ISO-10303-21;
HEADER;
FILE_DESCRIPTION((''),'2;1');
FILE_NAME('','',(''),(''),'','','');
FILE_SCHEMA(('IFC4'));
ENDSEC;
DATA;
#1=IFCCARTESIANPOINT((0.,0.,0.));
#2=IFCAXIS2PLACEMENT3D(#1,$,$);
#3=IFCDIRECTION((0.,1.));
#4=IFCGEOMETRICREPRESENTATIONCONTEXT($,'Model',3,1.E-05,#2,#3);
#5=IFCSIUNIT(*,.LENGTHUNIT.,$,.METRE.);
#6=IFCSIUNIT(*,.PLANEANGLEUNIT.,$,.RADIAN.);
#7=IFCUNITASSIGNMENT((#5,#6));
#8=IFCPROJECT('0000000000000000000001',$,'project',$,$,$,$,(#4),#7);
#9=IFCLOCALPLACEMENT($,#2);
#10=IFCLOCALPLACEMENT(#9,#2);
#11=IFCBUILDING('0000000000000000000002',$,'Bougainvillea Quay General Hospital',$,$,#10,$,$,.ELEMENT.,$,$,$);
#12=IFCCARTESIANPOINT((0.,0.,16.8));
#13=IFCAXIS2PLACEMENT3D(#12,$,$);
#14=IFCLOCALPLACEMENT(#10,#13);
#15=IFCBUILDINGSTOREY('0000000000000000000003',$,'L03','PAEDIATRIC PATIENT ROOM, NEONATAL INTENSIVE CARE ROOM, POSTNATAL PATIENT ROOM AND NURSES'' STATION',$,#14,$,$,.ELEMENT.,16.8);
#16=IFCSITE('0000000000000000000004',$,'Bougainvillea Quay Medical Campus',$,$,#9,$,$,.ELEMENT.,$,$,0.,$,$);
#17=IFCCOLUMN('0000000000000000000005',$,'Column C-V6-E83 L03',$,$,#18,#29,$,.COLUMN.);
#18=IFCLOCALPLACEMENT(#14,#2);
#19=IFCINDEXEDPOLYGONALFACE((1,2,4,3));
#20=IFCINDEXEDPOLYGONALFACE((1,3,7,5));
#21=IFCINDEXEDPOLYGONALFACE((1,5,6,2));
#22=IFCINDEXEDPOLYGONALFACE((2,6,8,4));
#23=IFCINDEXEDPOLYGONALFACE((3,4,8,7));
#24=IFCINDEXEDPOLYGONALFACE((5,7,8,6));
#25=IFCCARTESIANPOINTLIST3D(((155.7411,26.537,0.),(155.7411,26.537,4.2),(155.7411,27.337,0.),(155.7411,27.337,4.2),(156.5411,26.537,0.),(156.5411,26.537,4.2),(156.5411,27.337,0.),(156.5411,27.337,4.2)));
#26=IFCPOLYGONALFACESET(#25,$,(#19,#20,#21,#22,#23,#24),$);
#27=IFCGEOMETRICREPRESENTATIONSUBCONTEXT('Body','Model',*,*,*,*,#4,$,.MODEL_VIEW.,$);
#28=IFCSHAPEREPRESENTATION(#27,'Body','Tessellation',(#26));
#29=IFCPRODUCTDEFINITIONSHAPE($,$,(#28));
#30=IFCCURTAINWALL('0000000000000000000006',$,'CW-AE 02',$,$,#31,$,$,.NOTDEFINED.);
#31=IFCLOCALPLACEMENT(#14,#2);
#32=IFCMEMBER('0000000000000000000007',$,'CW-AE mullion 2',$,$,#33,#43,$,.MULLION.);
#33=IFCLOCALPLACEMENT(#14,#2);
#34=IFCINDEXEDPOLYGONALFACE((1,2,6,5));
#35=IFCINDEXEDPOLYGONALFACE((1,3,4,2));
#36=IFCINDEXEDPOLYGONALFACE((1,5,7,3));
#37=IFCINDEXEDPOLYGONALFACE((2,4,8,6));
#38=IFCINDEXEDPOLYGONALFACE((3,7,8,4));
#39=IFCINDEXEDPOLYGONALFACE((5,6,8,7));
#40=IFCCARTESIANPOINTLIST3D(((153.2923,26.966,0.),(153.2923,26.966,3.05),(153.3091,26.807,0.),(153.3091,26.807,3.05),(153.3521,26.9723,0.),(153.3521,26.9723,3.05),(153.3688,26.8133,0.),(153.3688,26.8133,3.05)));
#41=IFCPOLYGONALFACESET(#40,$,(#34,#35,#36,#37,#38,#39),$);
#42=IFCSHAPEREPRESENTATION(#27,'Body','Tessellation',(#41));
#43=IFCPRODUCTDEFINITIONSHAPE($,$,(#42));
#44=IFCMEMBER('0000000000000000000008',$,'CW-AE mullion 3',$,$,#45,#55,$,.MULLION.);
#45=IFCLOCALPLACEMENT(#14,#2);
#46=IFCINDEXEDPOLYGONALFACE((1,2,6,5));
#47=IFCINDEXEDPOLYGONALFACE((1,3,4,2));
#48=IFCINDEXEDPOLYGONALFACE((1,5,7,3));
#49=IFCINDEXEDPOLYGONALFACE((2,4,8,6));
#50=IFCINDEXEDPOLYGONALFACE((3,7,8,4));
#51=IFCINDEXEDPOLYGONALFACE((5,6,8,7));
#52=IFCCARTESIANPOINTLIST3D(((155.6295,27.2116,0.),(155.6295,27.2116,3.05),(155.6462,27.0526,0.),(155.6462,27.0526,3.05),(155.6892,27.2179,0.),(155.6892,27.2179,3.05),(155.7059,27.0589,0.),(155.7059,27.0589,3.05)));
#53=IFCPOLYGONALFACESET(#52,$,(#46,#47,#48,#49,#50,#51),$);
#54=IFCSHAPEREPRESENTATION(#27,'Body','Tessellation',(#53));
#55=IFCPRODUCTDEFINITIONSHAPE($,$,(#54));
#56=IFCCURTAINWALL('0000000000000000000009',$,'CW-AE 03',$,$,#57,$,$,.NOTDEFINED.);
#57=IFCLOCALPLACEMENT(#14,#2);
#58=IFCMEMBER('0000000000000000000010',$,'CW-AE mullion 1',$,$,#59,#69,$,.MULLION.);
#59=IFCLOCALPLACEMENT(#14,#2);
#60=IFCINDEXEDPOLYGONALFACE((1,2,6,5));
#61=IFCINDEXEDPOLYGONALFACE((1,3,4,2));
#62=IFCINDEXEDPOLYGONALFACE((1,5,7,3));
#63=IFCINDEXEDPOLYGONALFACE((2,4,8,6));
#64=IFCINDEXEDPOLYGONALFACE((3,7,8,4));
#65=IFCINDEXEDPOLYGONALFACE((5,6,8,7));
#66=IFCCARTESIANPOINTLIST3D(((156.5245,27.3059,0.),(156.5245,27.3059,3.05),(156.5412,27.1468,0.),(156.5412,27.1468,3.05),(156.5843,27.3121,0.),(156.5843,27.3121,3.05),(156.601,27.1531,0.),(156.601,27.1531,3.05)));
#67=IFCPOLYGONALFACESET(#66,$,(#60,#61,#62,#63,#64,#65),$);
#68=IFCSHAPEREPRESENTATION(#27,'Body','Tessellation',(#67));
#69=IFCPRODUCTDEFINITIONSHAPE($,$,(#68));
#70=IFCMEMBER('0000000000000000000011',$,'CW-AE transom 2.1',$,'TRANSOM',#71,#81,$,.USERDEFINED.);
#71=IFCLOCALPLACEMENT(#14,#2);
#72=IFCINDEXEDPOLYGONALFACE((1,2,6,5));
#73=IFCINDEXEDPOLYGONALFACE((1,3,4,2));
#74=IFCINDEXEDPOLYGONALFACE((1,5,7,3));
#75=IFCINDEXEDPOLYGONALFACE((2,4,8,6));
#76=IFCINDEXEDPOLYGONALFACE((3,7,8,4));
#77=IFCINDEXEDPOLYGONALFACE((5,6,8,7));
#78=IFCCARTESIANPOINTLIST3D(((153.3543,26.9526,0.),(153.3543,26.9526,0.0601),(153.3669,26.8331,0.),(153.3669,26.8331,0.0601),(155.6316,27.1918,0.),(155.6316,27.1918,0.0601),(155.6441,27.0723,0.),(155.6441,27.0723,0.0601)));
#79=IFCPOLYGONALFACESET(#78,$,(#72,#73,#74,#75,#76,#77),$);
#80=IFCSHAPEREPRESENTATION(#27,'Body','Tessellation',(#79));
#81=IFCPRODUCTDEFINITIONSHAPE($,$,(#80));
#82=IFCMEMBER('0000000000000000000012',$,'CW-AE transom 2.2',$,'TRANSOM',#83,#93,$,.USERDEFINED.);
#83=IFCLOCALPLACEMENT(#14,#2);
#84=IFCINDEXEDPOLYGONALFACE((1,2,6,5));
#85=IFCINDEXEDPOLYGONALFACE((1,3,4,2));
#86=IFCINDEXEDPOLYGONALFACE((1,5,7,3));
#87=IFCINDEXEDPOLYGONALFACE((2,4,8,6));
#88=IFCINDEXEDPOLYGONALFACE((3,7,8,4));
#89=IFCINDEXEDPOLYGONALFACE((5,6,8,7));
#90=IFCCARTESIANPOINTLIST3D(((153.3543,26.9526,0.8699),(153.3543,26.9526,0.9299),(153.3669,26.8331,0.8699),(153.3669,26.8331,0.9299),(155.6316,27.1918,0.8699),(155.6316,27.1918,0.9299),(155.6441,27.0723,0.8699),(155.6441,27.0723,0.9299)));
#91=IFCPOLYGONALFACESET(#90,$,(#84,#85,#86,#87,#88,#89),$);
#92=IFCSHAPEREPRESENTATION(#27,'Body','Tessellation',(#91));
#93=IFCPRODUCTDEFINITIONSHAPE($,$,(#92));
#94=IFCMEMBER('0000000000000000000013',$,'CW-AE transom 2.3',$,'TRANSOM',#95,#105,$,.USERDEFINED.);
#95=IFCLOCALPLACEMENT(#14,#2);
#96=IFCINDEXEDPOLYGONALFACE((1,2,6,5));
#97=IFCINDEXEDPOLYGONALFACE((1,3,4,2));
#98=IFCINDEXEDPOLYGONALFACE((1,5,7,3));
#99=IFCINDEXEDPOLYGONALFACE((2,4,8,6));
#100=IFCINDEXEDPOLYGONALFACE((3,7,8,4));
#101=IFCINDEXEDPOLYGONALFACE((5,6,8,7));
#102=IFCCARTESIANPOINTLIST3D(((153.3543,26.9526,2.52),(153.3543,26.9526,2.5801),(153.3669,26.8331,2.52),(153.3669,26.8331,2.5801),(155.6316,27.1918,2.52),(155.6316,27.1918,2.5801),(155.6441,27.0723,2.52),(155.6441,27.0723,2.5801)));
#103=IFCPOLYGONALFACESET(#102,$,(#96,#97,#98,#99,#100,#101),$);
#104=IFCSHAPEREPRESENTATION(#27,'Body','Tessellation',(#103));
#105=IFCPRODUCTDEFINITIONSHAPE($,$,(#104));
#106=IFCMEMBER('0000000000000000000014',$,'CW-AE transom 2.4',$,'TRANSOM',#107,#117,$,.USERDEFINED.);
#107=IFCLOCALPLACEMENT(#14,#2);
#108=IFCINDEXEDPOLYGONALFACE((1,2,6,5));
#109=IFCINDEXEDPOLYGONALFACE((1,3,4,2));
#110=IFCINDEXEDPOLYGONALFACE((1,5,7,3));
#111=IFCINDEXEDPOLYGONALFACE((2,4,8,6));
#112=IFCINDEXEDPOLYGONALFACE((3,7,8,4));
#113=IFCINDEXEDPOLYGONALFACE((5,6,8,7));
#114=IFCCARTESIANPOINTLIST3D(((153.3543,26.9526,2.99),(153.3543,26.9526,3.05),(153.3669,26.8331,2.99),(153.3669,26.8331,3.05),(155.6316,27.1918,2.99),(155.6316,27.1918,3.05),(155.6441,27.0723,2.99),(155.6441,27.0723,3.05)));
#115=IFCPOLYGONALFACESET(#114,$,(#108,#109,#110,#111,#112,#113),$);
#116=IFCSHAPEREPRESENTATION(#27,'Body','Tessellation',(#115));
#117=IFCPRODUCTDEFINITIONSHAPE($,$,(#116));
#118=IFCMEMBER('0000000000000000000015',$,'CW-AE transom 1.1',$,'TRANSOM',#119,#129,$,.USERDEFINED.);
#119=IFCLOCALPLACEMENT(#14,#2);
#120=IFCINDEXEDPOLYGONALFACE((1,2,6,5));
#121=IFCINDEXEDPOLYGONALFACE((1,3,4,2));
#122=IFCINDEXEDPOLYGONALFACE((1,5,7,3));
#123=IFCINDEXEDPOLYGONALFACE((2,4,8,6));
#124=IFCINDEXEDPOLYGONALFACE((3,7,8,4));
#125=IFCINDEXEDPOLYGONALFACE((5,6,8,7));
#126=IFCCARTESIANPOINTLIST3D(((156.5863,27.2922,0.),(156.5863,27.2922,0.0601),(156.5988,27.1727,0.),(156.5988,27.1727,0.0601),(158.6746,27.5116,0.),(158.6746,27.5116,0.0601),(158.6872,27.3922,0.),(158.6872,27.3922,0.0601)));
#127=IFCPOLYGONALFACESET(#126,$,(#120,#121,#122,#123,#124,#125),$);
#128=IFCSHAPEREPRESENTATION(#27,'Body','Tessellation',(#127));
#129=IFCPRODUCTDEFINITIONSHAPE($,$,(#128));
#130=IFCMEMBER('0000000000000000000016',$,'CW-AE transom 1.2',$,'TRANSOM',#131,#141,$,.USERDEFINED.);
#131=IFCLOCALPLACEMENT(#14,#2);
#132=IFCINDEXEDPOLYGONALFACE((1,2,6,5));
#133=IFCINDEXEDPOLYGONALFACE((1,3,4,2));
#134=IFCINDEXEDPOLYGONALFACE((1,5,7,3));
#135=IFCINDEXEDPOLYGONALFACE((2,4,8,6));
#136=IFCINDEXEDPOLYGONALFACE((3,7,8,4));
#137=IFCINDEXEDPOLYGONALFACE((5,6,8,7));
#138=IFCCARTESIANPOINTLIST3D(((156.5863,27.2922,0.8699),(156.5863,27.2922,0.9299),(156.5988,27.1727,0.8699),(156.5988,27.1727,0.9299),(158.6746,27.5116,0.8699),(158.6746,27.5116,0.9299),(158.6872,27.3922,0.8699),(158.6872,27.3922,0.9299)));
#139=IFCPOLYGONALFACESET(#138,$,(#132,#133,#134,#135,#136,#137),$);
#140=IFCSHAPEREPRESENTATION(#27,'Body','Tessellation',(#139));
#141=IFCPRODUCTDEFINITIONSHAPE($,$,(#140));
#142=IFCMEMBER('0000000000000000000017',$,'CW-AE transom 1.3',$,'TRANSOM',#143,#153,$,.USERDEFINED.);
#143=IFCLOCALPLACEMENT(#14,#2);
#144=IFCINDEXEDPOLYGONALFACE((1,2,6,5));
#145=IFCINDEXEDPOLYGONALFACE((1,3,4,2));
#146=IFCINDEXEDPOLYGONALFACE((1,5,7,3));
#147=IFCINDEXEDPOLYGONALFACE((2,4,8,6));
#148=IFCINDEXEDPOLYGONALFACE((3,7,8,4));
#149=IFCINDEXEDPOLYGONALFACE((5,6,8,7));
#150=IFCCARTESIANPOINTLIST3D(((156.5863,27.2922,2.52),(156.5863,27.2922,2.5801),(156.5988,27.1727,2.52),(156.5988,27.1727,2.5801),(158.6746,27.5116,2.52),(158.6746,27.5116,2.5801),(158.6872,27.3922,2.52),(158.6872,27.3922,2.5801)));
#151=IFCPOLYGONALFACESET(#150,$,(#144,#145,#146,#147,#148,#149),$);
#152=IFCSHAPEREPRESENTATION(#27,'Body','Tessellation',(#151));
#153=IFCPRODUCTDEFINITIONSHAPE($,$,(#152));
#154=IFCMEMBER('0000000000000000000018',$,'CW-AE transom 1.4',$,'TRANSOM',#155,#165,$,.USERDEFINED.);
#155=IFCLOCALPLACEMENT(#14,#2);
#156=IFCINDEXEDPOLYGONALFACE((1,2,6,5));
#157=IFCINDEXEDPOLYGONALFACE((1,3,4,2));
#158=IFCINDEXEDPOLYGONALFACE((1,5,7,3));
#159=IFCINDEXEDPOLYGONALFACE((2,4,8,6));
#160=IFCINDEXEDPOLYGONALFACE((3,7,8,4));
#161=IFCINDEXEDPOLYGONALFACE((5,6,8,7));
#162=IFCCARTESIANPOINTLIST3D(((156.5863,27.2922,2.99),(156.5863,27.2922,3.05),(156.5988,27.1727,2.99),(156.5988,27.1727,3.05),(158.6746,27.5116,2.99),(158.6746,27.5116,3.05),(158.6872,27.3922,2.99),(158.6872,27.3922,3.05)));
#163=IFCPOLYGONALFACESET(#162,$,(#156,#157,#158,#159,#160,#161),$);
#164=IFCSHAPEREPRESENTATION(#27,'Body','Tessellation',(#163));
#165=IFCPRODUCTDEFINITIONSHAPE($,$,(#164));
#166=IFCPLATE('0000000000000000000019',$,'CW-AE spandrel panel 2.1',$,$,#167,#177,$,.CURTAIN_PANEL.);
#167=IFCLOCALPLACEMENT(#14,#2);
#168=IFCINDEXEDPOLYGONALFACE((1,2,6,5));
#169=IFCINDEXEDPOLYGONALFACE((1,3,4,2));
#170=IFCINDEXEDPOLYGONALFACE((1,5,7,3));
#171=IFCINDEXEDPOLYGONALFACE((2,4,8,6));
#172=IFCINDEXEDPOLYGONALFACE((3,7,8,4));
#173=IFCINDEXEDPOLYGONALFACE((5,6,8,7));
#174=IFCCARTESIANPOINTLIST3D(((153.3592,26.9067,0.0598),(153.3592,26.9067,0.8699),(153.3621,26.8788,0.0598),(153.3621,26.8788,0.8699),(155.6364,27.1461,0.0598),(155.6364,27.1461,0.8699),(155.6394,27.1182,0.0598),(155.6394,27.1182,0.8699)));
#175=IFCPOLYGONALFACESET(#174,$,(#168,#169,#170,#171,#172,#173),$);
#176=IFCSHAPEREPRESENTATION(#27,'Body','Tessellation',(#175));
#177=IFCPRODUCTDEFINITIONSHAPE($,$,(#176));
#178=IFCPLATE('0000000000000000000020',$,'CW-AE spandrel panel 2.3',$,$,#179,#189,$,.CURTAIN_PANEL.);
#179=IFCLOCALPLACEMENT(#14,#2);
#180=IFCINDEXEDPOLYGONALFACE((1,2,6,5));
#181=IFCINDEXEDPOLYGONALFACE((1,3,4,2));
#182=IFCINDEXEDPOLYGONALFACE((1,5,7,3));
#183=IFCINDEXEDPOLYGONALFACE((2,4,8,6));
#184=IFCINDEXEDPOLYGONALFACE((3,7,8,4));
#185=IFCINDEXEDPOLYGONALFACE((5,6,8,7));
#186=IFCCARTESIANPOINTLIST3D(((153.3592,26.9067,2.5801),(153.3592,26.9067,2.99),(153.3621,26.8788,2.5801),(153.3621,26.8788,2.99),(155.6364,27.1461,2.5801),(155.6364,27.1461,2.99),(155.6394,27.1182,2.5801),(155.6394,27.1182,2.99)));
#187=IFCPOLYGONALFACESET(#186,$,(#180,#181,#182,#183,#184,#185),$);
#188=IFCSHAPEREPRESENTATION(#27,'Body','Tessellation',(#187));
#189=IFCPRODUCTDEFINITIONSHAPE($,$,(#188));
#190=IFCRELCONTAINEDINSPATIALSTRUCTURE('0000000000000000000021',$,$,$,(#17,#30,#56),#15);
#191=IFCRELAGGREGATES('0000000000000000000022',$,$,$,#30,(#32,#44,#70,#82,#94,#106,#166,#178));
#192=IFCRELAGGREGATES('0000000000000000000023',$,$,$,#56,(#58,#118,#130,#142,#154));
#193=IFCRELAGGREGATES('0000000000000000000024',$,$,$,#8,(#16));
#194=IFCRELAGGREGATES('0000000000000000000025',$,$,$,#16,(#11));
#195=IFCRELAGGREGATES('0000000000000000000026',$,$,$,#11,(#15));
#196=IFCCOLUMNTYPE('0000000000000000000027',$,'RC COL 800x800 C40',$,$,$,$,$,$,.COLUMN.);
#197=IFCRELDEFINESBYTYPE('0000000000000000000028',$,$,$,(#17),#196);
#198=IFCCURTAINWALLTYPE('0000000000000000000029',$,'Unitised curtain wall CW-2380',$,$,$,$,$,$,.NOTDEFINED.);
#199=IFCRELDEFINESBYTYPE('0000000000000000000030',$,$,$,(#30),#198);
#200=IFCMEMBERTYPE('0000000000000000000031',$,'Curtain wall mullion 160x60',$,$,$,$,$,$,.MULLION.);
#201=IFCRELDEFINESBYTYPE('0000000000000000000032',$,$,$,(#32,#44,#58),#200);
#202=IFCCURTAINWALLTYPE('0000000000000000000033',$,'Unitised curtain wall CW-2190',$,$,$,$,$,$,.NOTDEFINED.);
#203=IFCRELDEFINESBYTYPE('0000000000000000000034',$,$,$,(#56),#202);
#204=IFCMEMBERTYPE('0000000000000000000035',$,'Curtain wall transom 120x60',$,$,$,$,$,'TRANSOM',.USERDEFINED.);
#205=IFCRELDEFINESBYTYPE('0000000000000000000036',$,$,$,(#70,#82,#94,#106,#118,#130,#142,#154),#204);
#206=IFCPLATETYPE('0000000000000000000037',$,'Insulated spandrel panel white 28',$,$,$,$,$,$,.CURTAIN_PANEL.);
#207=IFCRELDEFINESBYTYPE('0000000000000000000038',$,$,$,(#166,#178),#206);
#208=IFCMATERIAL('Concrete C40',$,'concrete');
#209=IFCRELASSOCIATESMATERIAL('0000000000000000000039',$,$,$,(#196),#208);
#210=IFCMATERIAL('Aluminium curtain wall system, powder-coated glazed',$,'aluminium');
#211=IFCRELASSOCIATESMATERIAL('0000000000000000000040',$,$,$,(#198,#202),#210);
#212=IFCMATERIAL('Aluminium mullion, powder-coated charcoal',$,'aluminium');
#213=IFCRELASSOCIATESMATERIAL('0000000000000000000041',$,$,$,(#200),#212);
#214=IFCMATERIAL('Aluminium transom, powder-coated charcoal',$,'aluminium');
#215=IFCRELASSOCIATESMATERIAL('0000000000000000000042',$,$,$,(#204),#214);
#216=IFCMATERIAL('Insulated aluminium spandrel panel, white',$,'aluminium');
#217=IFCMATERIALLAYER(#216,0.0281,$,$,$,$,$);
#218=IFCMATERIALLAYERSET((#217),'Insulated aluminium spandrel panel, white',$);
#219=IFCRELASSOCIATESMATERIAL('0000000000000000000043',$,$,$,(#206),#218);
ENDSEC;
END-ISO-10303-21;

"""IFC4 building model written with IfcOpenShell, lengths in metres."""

from ifc_helpers import new_model, si_unit, direction, frame, origin, origin_2d, place, context, subcontext, project, spatial, rectangle, extrude, material, layer, layer_set, material_profile, profile_set, type_object, element, aggregate, save


model = new_model("IFC4")

# Units and contexts
model_context = context("Model", 3, precision=1e-05, world=origin(), true_north=direction((0.0, 1.0)))
body_context = subcontext(model_context, "Body", "Model", "MODEL_VIEW")
ifc_project = project(units=[si_unit("LENGTHUNIT", "METRE"), si_unit("PLANEANGLEUNIT", "RADIAN")], contexts=[model_context])

# Site, building, storey
site_placement = place(None, origin())
site = spatial("IfcSite", under=ifc_project, at=site_placement, Name="Bougainvillea Quay Medical Campus", CompositionType="ELEMENT", RefElevation=0.0)
building_placement = place(site_placement, origin())
building = spatial("IfcBuilding", under=site, at=building_placement, Name="Bougainvillea Quay General Hospital", CompositionType="ELEMENT")
storey_placement = place(building_placement, frame((0.0, 0.0, 16.8)))
storey = spatial("IfcBuildingStorey", under=building, at=storey_placement, Name="L03", Description="PAEDIATRIC PATIENT ROOM, NEONATAL INTENSIVE CARE ROOM, POSTNATAL PATIENT ROOM AND NURSES' STATION", CompositionType="ELEMENT", Elevation=16.8)

# Column
ifc_material_1 = material(Name="Concrete C40", Category="concrete")
ifc_material_profile_1 = material_profile(ifc_material_1, rectangle(XDim=0.8, YDim=0.8, at=origin_2d()))
ifc_profile_set_1 = profile_set([ifc_material_profile_1], Name="Concrete C40")
column_type = type_object("IfcColumnType", Name="RC COL 800x800 C40", PredefinedType="COLUMN", material=ifc_profile_set_1)
column_placement = place(storey_placement, frame((156.1411, 26.937, 0.0), z_axis=(0.0, 0.0, 1.0), x_axis=(1.0, 0.0, 0.0)))
element("IfcColumn", 1, at=column_placement, inside=storey, type_object=column_type, Name="Column C-V6-E83 L03", PredefinedType="COLUMN", context=body_context, shape_type="SweptSolid", body=[
    extrude(rectangle(XDim=0.8, YDim=0.8, at=origin_2d()), origin(), (0.0, 0.0, 1.0), 4.2),
])

# Curtain wall, members
ifc_material_2 = material(Name="Aluminium curtain wall system, powder-coated glazed", Category="aluminium")
curtain_wall_type_1 = type_object("IfcCurtainWallType", Name="Unitised curtain wall CW-2380", PredefinedType="NOTDEFINED", material=ifc_material_2)
curtain_wall_1_placement = place(storey_placement, origin())
curtain_wall_1 = element("IfcCurtainWall", 2, at=curtain_wall_1_placement, inside=storey, type_object=curtain_wall_type_1, Name="CW-AE 02", PredefinedType="NOTDEFINED")
ifc_material_3 = material(Name="Aluminium mullion, powder-coated charcoal", Category="aluminium")
ifc_material_profile_2 = material_profile(ifc_material_3, rectangle(XDim=0.1599, YDim=0.0601, at=origin_2d()))
ifc_profile_set_2 = profile_set([ifc_material_profile_2], Name="Aluminium mullion, powder-coated charcoal")
member_type_1 = type_object("IfcMemberType", Name="Curtain wall mullion 160x60", PredefinedType="MULLION", material=ifc_profile_set_2)
member_1_placement = place(storey_placement, frame((153.3306, 26.8896, 0.0), z_axis=(0.0, 0.0, 1.0), x_axis=(-0.104527, 0.994522, 0.0)))
member_1 = element("IfcMember", 3, at=member_1_placement, type_object=member_type_1, Name="CW-AE mullion 2", PredefinedType="MULLION", context=body_context, shape_type="SweptSolid", body=[
    extrude(rectangle(XDim=0.1599, YDim=0.0601, at=origin_2d()), origin(), (0.0, 0.0, 1.0), 3.05),
])
member_2_placement = place(storey_placement, frame((155.6677, 27.1353, 0.0), z_axis=(0.0, 0.0, 1.0), x_axis=(-0.104527, 0.994522, 0.0)))
member_2 = element("IfcMember", 4, at=member_2_placement, type_object=member_type_1, Name="CW-AE mullion 3", PredefinedType="MULLION", context=body_context, shape_type="SweptSolid", body=[
    extrude(rectangle(XDim=0.1599, YDim=0.0601, at=origin_2d()), origin(), (0.0, 0.0, 1.0), 3.05),
])

# Curtain wall, member
curtain_wall_type_2 = type_object("IfcCurtainWallType", Name="Unitised curtain wall CW-2190", PredefinedType="NOTDEFINED", material=ifc_material_2)
curtain_wall_2_placement = place(storey_placement, origin())
curtain_wall_2 = element("IfcCurtainWall", 5, at=curtain_wall_2_placement, inside=storey, type_object=curtain_wall_type_2, Name="CW-AE 03", PredefinedType="NOTDEFINED")
member_3_placement = place(storey_placement, frame((156.5627, 27.2295, 0.0), z_axis=(0.0, 0.0, 1.0), x_axis=(-0.104527, 0.994522, 0.0)))
member_3 = element("IfcMember", 6, at=member_3_placement, type_object=member_type_1, Name="CW-AE mullion 1", PredefinedType="MULLION", context=body_context, shape_type="SweptSolid", body=[
    extrude(rectangle(XDim=0.1599, YDim=0.0601, at=origin_2d()), origin(), (0.0, 0.0, 1.0), 3.05),
])

# Members
ifc_material_4 = material(Name="Aluminium transom, powder-coated charcoal", Category="aluminium")
ifc_material_profile_3 = material_profile(ifc_material_4, rectangle(XDim=0.1201, YDim=0.0601, at=origin_2d()))
ifc_profile_set_3 = profile_set([ifc_material_profile_3], Name="Aluminium transom, powder-coated charcoal")
member_type_2 = type_object("IfcMemberType", Name="Curtain wall transom 120x60", ElementType="TRANSOM", PredefinedType="USERDEFINED", material=ifc_profile_set_3)
member_4_placement = place(storey_placement, frame((153.3606, 26.8928, 0.03), z_axis=(0.994526, 0.104485, 0.0), x_axis=(-0.104485, 0.994526, 0.0)))
member_4 = element("IfcMember", 7, at=member_4_placement, type_object=member_type_2, Name="CW-AE transom 2.1", ObjectType="TRANSOM", PredefinedType="USERDEFINED", context=body_context, shape_type="SweptSolid", body=[
    extrude(rectangle(XDim=0.1201, YDim=0.0601, at=origin_2d()), origin(), (0.0, 0.0, 1.0), 2.2898),
])
member_5_placement = place(storey_placement, frame((153.3606, 26.8928, 0.8999), z_axis=(0.994526, 0.104485, 0.0), x_axis=(-0.104485, 0.994526, 0.0)))
member_5 = element("IfcMember", 8, at=member_5_placement, type_object=member_type_2, Name="CW-AE transom 2.2", ObjectType="TRANSOM", PredefinedType="USERDEFINED", context=body_context, shape_type="SweptSolid", body=[
    extrude(rectangle(XDim=0.1201, YDim=0.0601, at=origin_2d()), origin(), (0.0, 0.0, 1.0), 2.2898),
])
member_6_placement = place(storey_placement, frame((153.3606, 26.8928, 2.55), z_axis=(0.994526, 0.104485, 0.0), x_axis=(-0.104485, 0.994526, 0.0)))
member_6 = element("IfcMember", 9, at=member_6_placement, type_object=member_type_2, Name="CW-AE transom 2.3", ObjectType="TRANSOM", PredefinedType="USERDEFINED", context=body_context, shape_type="SweptSolid", body=[
    extrude(rectangle(XDim=0.1201, YDim=0.0601, at=origin_2d()), origin(), (0.0, 0.0, 1.0), 2.2898),
])
member_7_placement = place(storey_placement, frame((153.3606, 26.8928, 3.02), z_axis=(0.994526, 0.104485, 0.0), x_axis=(-0.104485, 0.994526, 0.0)))
member_7 = element("IfcMember", 10, at=member_7_placement, type_object=member_type_2, Name="CW-AE transom 2.4", ObjectType="TRANSOM", PredefinedType="USERDEFINED", context=body_context, shape_type="SweptSolid", body=[
    extrude(rectangle(XDim=0.1201, YDim=0.0601, at=origin_2d()), origin(), (0.0, 0.0, 1.0), 2.2898),
])
member_8_placement = place(storey_placement, frame((156.5925, 27.2324, 0.03), z_axis=(0.994523, 0.104521, 0.0), x_axis=(-0.104521, 0.994523, 0.0)))
member_8 = element("IfcMember", 11, at=member_8_placement, type_object=member_type_2, Name="CW-AE transom 1.1", ObjectType="TRANSOM", PredefinedType="USERDEFINED", context=body_context, shape_type="SweptSolid", body=[
    extrude(rectangle(XDim=0.1201, YDim=0.0601, at=origin_2d()), origin(), (0.0, 0.0, 1.0), 2.0999),
])
member_9_placement = place(storey_placement, frame((156.5925, 27.2324, 0.8999), z_axis=(0.994523, 0.104521, 0.0), x_axis=(-0.104521, 0.994523, 0.0)))
member_9 = element("IfcMember", 12, at=member_9_placement, type_object=member_type_2, Name="CW-AE transom 1.2", ObjectType="TRANSOM", PredefinedType="USERDEFINED", context=body_context, shape_type="SweptSolid", body=[
    extrude(rectangle(XDim=0.1201, YDim=0.0601, at=origin_2d()), origin(), (0.0, 0.0, 1.0), 2.0999),
])
member_10_placement = place(storey_placement, frame((156.5925, 27.2324, 2.55), z_axis=(0.994523, 0.104521, 0.0), x_axis=(-0.104521, 0.994523, 0.0)))
member_10 = element("IfcMember", 13, at=member_10_placement, type_object=member_type_2, Name="CW-AE transom 1.3", ObjectType="TRANSOM", PredefinedType="USERDEFINED", context=body_context, shape_type="SweptSolid", body=[
    extrude(rectangle(XDim=0.1201, YDim=0.0601, at=origin_2d()), origin(), (0.0, 0.0, 1.0), 2.0999),
])
member_11_placement = place(storey_placement, frame((156.5925, 27.2324, 3.02), z_axis=(0.994523, 0.104521, 0.0), x_axis=(-0.104521, 0.994523, 0.0)))
member_11 = element("IfcMember", 14, at=member_11_placement, type_object=member_type_2, Name="CW-AE transom 1.4", ObjectType="TRANSOM", PredefinedType="USERDEFINED", context=body_context, shape_type="SweptSolid", body=[
    extrude(rectangle(XDim=0.1201, YDim=0.0601, at=origin_2d()), origin(), (0.0, 0.0, 1.0), 2.0999),
])

# Plates
ifc_material_5 = material(Name="Insulated aluminium spandrel panel, white", Category="aluminium")
ifc_layer_1 = layer(ifc_material_5, 0.0281)
ifc_layer_set_1 = layer_set([ifc_layer_1], Name="Insulated aluminium spandrel panel, white")
plate_type_1 = type_object("IfcPlateType", Name="Insulated spandrel panel white 28", PredefinedType="CURTAIN_PANEL", material=ifc_layer_set_1)
plate_1_placement = place(storey_placement, frame((154.4993, 27.0125, 0.0598), z_axis=(0.0, 0.0, 1.0), x_axis=(0.994522, 0.104527, 0.0)))
plate_1 = element("IfcPlate", 15, at=plate_1_placement, type_object=plate_type_1, Name="CW-AE spandrel panel 2.1", PredefinedType="CURTAIN_PANEL", context=body_context, shape_type="SweptSolid", body=[
    extrude(rectangle(XDim=2.2898, YDim=0.0281, at=origin_2d()), origin(), (0.0, 0.0, 1.0), 0.8101),
])
plate_2_placement = place(storey_placement, frame((154.4993, 27.0125, 2.5801), z_axis=(0.0, 0.0, 1.0), x_axis=(0.994522, 0.104527, 0.0)))
plate_2 = element("IfcPlate", 16, at=plate_2_placement, type_object=plate_type_1, Name="CW-AE spandrel panel 2.3", PredefinedType="CURTAIN_PANEL", context=body_context, shape_type="SweptSolid", body=[
    extrude(rectangle(XDim=2.2898, YDim=0.0281, at=origin_2d()), origin(), (0.0, 0.0, 1.0), 0.4099),
])
aggregate(curtain_wall_1, [member_1, member_2, member_4, member_5, member_6, member_7, plate_1, plate_2])
aggregate(curtain_wall_2, [member_3, member_8, member_9, member_10, member_11])

save(model, "model.ifc")
